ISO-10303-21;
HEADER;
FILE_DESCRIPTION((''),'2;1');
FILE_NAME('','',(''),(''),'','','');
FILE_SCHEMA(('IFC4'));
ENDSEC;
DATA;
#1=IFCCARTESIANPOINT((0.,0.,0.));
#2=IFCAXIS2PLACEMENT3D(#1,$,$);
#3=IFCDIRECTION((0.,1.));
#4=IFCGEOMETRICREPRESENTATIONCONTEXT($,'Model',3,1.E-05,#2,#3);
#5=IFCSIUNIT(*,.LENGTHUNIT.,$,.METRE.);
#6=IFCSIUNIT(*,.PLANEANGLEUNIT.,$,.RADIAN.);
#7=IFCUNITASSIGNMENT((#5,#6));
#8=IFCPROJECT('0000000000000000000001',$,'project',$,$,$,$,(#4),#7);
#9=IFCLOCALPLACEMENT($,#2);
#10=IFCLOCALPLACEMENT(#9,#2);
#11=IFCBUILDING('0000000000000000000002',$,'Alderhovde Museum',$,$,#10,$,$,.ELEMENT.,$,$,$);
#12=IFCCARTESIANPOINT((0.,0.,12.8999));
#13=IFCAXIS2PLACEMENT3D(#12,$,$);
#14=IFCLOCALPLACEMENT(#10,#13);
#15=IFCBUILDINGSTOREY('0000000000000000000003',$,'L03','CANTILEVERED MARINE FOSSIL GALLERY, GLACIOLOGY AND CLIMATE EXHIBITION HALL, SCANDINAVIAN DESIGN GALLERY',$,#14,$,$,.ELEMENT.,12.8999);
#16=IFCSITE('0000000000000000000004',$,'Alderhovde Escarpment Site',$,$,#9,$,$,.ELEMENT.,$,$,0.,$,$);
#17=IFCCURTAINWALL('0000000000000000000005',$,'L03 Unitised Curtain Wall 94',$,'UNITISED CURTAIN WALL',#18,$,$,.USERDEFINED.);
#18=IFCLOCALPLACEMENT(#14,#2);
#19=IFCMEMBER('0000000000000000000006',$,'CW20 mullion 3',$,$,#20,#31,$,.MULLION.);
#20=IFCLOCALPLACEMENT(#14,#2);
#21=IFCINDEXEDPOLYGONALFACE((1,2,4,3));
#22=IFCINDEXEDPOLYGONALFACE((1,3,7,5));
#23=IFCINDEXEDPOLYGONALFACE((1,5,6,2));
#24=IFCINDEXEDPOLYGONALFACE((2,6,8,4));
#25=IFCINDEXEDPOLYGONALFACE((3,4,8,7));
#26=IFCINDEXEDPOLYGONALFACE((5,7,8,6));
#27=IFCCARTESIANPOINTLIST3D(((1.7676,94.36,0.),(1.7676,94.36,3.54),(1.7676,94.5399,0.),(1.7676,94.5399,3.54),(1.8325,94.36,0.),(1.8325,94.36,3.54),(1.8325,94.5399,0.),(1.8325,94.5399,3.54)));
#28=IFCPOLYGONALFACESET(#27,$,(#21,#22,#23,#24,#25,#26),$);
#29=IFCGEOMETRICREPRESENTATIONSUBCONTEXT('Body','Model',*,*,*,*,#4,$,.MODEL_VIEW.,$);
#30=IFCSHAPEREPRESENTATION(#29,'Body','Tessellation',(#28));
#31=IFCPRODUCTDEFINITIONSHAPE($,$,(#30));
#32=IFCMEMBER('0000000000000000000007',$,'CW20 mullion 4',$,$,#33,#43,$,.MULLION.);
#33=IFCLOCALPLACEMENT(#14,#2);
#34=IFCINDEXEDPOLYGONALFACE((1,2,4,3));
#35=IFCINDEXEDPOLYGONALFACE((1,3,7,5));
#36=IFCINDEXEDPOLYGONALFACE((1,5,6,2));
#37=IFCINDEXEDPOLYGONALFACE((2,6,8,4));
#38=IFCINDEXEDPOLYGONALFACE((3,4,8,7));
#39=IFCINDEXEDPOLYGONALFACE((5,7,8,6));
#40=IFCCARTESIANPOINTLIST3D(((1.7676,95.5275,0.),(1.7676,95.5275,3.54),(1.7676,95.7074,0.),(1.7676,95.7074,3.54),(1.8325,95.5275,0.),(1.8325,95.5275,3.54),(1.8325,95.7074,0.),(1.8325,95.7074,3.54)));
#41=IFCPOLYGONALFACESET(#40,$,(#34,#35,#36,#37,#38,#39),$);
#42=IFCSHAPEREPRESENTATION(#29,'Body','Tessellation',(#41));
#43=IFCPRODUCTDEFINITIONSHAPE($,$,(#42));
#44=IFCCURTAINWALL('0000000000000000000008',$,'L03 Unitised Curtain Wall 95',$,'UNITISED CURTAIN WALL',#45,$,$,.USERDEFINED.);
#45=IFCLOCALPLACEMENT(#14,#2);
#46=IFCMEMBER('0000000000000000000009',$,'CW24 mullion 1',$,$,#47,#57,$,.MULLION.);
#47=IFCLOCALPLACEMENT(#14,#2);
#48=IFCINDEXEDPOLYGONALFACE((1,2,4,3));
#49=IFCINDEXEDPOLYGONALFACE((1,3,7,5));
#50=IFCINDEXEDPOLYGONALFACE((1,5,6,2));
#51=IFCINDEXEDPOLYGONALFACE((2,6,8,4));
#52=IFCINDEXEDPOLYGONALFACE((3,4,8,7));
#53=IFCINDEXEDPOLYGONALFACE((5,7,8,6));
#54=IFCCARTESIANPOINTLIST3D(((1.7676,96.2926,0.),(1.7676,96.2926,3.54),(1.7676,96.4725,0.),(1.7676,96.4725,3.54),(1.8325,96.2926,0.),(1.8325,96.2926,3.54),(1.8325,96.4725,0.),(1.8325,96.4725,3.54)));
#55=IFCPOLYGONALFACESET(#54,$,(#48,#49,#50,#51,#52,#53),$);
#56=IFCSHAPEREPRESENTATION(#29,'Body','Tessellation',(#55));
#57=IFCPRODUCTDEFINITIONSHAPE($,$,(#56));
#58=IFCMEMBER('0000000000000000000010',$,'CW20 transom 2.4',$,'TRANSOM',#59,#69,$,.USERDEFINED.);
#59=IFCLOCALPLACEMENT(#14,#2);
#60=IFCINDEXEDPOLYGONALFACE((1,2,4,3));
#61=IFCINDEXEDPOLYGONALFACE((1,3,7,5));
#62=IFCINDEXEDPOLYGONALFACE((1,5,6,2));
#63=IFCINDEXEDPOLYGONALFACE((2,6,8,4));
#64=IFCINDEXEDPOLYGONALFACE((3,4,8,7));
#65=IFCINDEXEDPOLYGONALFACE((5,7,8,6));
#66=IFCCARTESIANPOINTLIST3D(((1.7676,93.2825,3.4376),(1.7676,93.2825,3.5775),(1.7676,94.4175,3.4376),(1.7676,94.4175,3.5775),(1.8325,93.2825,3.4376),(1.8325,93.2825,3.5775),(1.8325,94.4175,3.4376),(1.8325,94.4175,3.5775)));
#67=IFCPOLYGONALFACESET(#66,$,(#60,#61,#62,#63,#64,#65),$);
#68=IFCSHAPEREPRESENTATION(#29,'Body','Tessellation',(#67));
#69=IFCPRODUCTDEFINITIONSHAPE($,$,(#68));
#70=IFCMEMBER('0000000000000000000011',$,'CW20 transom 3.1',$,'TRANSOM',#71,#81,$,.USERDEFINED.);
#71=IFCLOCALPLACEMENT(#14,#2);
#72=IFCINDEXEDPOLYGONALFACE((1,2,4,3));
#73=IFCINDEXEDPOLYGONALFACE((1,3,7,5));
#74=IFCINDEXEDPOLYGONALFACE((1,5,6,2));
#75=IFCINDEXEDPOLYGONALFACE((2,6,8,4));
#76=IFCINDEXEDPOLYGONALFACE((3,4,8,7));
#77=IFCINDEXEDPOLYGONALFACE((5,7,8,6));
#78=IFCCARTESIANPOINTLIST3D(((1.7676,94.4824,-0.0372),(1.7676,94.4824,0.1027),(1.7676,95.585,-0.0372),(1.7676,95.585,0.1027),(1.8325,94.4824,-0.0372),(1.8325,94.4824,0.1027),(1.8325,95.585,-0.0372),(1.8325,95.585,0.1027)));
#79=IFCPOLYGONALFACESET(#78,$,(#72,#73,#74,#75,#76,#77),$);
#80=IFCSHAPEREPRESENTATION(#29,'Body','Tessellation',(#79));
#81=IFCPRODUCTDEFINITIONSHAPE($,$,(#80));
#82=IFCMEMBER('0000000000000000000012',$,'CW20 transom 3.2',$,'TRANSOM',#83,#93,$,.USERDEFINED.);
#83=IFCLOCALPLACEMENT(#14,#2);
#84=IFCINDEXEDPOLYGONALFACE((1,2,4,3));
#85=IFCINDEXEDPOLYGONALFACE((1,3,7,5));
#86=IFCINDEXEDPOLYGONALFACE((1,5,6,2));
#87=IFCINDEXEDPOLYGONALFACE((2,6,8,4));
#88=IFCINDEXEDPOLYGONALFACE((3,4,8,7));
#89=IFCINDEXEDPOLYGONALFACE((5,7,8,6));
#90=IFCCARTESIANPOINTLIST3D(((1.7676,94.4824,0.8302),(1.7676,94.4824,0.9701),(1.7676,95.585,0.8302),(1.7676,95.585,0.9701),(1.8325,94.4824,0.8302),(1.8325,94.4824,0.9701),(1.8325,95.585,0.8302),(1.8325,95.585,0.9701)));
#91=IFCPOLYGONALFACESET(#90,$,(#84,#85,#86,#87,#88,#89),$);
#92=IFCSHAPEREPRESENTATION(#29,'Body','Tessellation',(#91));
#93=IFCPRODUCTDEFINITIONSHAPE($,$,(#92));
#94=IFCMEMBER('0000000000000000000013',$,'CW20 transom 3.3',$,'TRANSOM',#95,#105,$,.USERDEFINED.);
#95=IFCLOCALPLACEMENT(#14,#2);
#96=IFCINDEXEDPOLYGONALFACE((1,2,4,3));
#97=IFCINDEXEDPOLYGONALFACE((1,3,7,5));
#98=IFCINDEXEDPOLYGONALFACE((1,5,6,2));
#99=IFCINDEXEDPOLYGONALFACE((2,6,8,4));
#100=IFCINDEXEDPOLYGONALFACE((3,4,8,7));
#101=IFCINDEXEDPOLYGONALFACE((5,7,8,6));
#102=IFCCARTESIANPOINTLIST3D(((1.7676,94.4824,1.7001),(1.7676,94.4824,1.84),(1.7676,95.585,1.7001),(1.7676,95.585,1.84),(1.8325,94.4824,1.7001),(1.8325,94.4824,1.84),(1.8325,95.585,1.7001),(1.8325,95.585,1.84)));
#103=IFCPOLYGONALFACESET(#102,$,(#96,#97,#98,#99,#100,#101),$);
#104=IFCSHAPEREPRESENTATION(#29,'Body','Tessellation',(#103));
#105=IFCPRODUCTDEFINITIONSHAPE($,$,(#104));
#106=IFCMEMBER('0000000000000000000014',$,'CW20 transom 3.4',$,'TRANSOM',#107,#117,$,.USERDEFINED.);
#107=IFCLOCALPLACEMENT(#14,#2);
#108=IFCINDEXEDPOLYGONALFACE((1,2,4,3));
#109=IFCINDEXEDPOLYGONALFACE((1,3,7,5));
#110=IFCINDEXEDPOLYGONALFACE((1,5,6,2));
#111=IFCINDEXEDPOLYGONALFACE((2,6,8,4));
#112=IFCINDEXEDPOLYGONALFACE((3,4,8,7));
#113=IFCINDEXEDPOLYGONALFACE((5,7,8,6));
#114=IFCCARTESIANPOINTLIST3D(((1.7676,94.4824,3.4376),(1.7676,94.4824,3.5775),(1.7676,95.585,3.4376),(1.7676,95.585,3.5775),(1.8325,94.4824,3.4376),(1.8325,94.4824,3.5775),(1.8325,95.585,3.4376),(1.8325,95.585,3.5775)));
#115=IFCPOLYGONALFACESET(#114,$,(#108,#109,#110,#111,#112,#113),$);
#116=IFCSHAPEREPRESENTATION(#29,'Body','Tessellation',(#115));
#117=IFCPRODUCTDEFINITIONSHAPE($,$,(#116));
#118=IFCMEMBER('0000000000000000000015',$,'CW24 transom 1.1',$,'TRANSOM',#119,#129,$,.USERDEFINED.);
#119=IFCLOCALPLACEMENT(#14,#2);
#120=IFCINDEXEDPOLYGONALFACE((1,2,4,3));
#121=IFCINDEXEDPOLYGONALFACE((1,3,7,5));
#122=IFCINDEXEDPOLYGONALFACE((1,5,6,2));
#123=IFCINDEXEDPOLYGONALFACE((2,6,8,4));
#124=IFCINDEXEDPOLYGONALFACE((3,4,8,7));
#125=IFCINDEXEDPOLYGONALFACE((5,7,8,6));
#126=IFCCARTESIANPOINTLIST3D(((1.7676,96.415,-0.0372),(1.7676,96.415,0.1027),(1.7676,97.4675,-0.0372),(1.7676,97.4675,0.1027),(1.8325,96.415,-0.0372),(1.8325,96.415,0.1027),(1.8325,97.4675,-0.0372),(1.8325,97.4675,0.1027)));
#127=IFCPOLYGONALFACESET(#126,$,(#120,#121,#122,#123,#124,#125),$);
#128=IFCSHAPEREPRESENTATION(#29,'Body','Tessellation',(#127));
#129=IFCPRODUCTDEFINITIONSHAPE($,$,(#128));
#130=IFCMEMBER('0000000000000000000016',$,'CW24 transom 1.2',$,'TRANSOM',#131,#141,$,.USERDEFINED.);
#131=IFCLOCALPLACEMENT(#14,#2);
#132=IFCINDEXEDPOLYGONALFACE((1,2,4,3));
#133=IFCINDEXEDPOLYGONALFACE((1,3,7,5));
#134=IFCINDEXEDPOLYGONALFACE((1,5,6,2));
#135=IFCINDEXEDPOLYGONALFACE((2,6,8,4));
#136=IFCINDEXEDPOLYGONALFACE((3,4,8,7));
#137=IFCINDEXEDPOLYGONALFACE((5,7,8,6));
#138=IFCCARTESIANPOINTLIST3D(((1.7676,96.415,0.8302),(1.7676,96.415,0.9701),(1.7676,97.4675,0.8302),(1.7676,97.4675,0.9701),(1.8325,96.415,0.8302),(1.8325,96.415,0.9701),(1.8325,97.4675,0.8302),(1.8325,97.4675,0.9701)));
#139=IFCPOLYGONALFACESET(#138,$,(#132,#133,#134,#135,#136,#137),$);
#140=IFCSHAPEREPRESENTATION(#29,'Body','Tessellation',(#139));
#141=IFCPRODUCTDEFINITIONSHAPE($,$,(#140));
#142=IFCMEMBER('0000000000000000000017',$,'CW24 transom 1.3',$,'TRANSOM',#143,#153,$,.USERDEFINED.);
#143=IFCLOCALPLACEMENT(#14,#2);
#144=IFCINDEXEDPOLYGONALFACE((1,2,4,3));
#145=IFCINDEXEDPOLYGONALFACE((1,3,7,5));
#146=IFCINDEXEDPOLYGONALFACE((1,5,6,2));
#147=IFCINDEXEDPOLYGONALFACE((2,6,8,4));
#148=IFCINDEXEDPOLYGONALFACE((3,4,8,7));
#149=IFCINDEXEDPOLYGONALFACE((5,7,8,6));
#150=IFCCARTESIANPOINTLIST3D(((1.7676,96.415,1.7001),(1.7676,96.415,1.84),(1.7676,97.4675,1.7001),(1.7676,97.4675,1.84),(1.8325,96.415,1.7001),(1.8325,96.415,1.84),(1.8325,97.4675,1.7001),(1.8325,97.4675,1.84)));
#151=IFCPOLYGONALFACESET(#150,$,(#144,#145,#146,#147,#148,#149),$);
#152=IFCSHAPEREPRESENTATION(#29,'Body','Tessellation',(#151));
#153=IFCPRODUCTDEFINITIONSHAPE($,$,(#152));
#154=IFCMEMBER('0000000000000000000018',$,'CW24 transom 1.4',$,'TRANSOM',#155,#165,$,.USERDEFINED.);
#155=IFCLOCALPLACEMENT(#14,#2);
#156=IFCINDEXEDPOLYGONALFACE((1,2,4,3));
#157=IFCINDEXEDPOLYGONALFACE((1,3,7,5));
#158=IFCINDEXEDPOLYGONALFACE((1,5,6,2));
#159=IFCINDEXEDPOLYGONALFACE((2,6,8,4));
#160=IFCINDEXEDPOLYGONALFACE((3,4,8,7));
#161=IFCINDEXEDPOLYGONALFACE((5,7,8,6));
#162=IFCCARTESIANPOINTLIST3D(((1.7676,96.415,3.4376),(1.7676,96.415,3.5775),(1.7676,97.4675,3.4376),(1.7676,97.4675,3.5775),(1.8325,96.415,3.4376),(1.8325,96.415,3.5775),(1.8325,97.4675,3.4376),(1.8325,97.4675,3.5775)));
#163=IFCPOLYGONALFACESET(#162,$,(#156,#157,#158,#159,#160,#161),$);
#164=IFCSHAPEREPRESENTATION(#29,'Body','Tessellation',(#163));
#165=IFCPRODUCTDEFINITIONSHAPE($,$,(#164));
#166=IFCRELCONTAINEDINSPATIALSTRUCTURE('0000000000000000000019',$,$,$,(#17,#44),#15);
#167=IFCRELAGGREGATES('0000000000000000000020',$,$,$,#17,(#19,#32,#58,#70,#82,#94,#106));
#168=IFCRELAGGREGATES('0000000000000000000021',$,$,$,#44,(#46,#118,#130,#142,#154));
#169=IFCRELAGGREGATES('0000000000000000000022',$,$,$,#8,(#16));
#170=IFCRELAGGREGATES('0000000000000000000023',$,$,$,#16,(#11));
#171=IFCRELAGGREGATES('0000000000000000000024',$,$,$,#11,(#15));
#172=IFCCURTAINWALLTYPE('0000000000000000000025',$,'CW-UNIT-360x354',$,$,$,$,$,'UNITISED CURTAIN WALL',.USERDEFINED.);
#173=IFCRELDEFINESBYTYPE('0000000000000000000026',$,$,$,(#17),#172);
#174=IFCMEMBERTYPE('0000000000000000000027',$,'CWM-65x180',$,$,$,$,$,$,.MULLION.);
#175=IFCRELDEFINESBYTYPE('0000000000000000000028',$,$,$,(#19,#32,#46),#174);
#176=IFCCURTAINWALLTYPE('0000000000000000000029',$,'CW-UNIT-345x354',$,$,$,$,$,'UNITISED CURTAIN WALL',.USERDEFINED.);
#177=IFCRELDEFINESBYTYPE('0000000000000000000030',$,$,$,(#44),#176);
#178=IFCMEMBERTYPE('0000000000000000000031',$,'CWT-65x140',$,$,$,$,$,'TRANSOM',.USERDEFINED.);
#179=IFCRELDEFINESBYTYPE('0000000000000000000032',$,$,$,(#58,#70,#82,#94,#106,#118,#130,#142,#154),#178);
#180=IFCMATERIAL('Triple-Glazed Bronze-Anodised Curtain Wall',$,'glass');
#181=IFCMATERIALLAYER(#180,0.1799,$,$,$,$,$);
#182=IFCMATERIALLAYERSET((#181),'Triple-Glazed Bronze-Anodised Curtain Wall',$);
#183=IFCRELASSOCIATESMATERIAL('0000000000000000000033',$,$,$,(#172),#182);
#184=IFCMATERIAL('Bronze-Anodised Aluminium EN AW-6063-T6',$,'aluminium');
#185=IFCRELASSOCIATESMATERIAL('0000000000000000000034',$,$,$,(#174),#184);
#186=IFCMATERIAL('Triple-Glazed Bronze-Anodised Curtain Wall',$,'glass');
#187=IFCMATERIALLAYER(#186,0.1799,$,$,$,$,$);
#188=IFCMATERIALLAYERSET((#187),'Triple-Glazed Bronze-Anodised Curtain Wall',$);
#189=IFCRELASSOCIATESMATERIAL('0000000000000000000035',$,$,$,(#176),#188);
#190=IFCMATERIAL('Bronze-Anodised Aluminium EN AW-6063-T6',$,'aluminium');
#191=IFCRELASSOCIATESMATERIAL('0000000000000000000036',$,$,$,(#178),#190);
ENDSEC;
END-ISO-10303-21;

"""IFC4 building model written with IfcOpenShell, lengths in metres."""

from ifc_helpers import new_model, si_unit, direction, frame, origin, origin_2d, place, context, subcontext, project, spatial, rectangle, extrude, material, layer, layer_set, material_profile, profile_set, type_object, element, aggregate, save


model = new_model("IFC4")

# Units and contexts
model_context = context("Model", 3, precision=1e-05, world=origin(), true_north=direction((0.0, 1.0)))
body_context = subcontext(model_context, "Body", "Model", "MODEL_VIEW")
ifc_project = project(units=[si_unit("LENGTHUNIT", "METRE"), si_unit("PLANEANGLEUNIT", "RADIAN")], contexts=[model_context])

# Site, building, storey
site_placement = place(None, origin())
site = spatial("IfcSite", under=ifc_project, at=site_placement, Name="Alderhovde Escarpment Site", CompositionType="ELEMENT", RefElevation=0.0)
building_placement = place(site_placement, origin())
building = spatial("IfcBuilding", under=site, at=building_placement, Name="Alderhovde Museum", CompositionType="ELEMENT")
storey_placement = place(building_placement, frame((0.0, 0.0, 12.8999)))
storey = spatial("IfcBuildingStorey", under=building, at=storey_placement, Name="L03", Description="CANTILEVERED MARINE FOSSIL GALLERY, GLACIOLOGY AND CLIMATE EXHIBITION HALL, SCANDINAVIAN DESIGN GALLERY", CompositionType="ELEMENT", Elevation=12.8999)

# Curtain wall, members
ifc_material_1 = material(Name="Triple-Glazed Bronze-Anodised Curtain Wall", Category="glass")
ifc_layer_1 = layer(ifc_material_1, 0.1799)
ifc_layer_set_1 = layer_set([ifc_layer_1], Name="Triple-Glazed Bronze-Anodised Curtain Wall")
curtain_wall_type_1 = type_object("IfcCurtainWallType", Name="CW-UNIT-360x354", ElementType="UNITISED CURTAIN WALL", PredefinedType="USERDEFINED", material=ifc_layer_set_1)
curtain_wall_1_placement = place(storey_placement, origin())
curtain_wall_1 = element("IfcCurtainWall", 1, at=curtain_wall_1_placement, inside=storey, type_object=curtain_wall_type_1, Name="L03 Unitised Curtain Wall 94", ObjectType="UNITISED CURTAIN WALL", PredefinedType="USERDEFINED")
ifc_material_2 = material(Name="Bronze-Anodised Aluminium EN AW-6063-T6", Category="aluminium")
ifc_material_profile_1 = material_profile(ifc_material_2, rectangle(XDim=0.0649, YDim=0.1799, at=origin_2d()), Name="MULLION 65x180")
ifc_profile_set_1 = profile_set([ifc_material_profile_1], Name="Bronze-Anodised Aluminium EN AW-6063-T6")
member_type_1 = type_object("IfcMemberType", Name="CWM-65x180", PredefinedType="MULLION", material=ifc_profile_set_1)
member_1_placement = place(storey_placement, frame((1.8, 94.45, 0.0), z_axis=(0.0, 0.0, 1.0), x_axis=(-1.0, 0.0, 0.0)))
member_1 = element("IfcMember", 2, at=member_1_placement, type_object=member_type_1, Name="CW20 mullion 3", PredefinedType="MULLION", context=body_context, shape_type="SweptSolid", body=[
    extrude(rectangle(XDim=0.0649, YDim=0.1799, at=origin_2d()), origin(), (0.0, 0.0, 1.0), 3.54),
])
member_2_placement = place(storey_placement, frame((1.8, 95.6174, 0.0), z_axis=(0.0, 0.0, 1.0), x_axis=(-1.0, 0.0, 0.0)))
member_2 = element("IfcMember", 3, at=member_2_placement, type_object=member_type_1, Name="CW20 mullion 4", PredefinedType="MULLION", context=body_context, shape_type="SweptSolid", body=[
    extrude(rectangle(XDim=0.0649, YDim=0.1799, at=origin_2d()), origin(), (0.0, 0.0, 1.0), 3.54),
])

# Curtain wall, member
ifc_material_3 = material(Name="Triple-Glazed Bronze-Anodised Curtain Wall", Category="glass")
ifc_layer_2 = layer(ifc_material_3, 0.1799)
ifc_layer_set_2 = layer_set([ifc_layer_2], Name="Triple-Glazed Bronze-Anodised Curtain Wall")
curtain_wall_type_2 = type_object("IfcCurtainWallType", Name="CW-UNIT-345x354", ElementType="UNITISED CURTAIN WALL", PredefinedType="USERDEFINED", material=ifc_layer_set_2)
curtain_wall_2_placement = place(storey_placement, origin())
curtain_wall_2 = element("IfcCurtainWall", 4, at=curtain_wall_2_placement, inside=storey, type_object=curtain_wall_type_2, Name="L03 Unitised Curtain Wall 95", ObjectType="UNITISED CURTAIN WALL", PredefinedType="USERDEFINED")
member_3_placement = place(storey_placement, frame((1.8, 96.3826, 0.0), z_axis=(0.0, 0.0, 1.0), x_axis=(-1.0, 0.0, 0.0)))
member_3 = element("IfcMember", 5, at=member_3_placement, type_object=member_type_1, Name="CW24 mullion 1", PredefinedType="MULLION", context=body_context, shape_type="SweptSolid", body=[
    extrude(rectangle(XDim=0.0649, YDim=0.1799, at=origin_2d()), origin(), (0.0, 0.0, 1.0), 3.54),
])

# Members
ifc_material_4 = material(Name="Bronze-Anodised Aluminium EN AW-6063-T6", Category="aluminium")
ifc_material_profile_2 = material_profile(ifc_material_4, rectangle(XDim=0.0649, YDim=0.1399, at=origin_2d()), Name="TRANSOM 65x140")
ifc_profile_set_2 = profile_set([ifc_material_profile_2], Name="Bronze-Anodised Aluminium EN AW-6063-T6")
member_type_2 = type_object("IfcMemberType", Name="CWT-65x140", ElementType="TRANSOM", PredefinedType="USERDEFINED", material=ifc_profile_set_2)
member_4_placement = place(storey_placement, frame((1.8, 93.2825, 3.5076), z_axis=(0.0, 1.0, 0.0), x_axis=(-1.0, 0.0, 0.0)))
member_4 = element("IfcMember", 6, at=member_4_placement, type_object=member_type_2, Name="CW20 transom 2.4", ObjectType="TRANSOM", PredefinedType="USERDEFINED", context=body_context, shape_type="SweptSolid", body=[
    extrude(rectangle(XDim=0.0649, YDim=0.1399, at=origin_2d()), origin(), (0.0, 0.0, 1.0), 1.135),
])
member_5_placement = place(storey_placement, frame((1.8, 94.4824, 0.0327), z_axis=(0.0, 1.0, 0.0), x_axis=(-1.0, 0.0, 0.0)))
member_5 = element("IfcMember", 7, at=member_5_placement, type_object=member_type_2, Name="CW20 transom 3.1", ObjectType="TRANSOM", PredefinedType="USERDEFINED", context=body_context, shape_type="SweptSolid", body=[
    extrude(rectangle(XDim=0.0649, YDim=0.1399, at=origin_2d()), origin(), (0.0, 0.0, 1.0), 1.1025),
])
member_6_placement = place(storey_placement, frame((1.8, 94.4824, 0.9001), z_axis=(0.0, 1.0, 0.0), x_axis=(-1.0, 0.0, 0.0)))
member_6 = element("IfcMember", 8, at=member_6_placement, type_object=member_type_2, Name="CW20 transom 3.2", ObjectType="TRANSOM", PredefinedType="USERDEFINED", context=body_context, shape_type="SweptSolid", body=[
    extrude(rectangle(XDim=0.0649, YDim=0.1399, at=origin_2d()), origin(), (0.0, 0.0, 1.0), 1.1025),
])
member_7_placement = place(storey_placement, frame((1.8, 94.4824, 1.77), z_axis=(0.0, 1.0, 0.0), x_axis=(-1.0, 0.0, 0.0)))
member_7 = element("IfcMember", 9, at=member_7_placement, type_object=member_type_2, Name="CW20 transom 3.3", ObjectType="TRANSOM", PredefinedType="USERDEFINED", context=body_context, shape_type="SweptSolid", body=[
    extrude(rectangle(XDim=0.0649, YDim=0.1399, at=origin_2d()), origin(), (0.0, 0.0, 1.0), 1.1025),
])
member_8_placement = place(storey_placement, frame((1.8, 94.4824, 3.5076), z_axis=(0.0, 1.0, 0.0), x_axis=(-1.0, 0.0, 0.0)))
member_8 = element("IfcMember", 10, at=member_8_placement, type_object=member_type_2, Name="CW20 transom 3.4", ObjectType="TRANSOM", PredefinedType="USERDEFINED", context=body_context, shape_type="SweptSolid", body=[
    extrude(rectangle(XDim=0.0649, YDim=0.1399, at=origin_2d()), origin(), (0.0, 0.0, 1.0), 1.1025),
])
member_9_placement = place(storey_placement, frame((1.8, 96.415, 0.0327), z_axis=(0.0, 1.0, 0.0), x_axis=(-1.0, 0.0, 0.0)))
member_9 = element("IfcMember", 11, at=member_9_placement, type_object=member_type_2, Name="CW24 transom 1.1", ObjectType="TRANSOM", PredefinedType="USERDEFINED", context=body_context, shape_type="SweptSolid", body=[
    extrude(rectangle(XDim=0.0649, YDim=0.1399, at=origin_2d()), origin(), (0.0, 0.0, 1.0), 1.0525),
])
member_10_placement = place(storey_placement, frame((1.8, 96.415, 0.9001), z_axis=(0.0, 1.0, 0.0), x_axis=(-1.0, 0.0, 0.0)))
member_10 = element("IfcMember", 12, at=member_10_placement, type_object=member_type_2, Name="CW24 transom 1.2", ObjectType="TRANSOM", PredefinedType="USERDEFINED", context=body_context, shape_type="SweptSolid", body=[
    extrude(rectangle(XDim=0.0649, YDim=0.1399, at=origin_2d()), origin(), (0.0, 0.0, 1.0), 1.0525),
])
member_11_placement = place(storey_placement, frame((1.8, 96.415, 1.77), z_axis=(0.0, 1.0, 0.0), x_axis=(-1.0, 0.0, 0.0)))
member_11 = element("IfcMember", 13, at=member_11_placement, type_object=member_type_2, Name="CW24 transom 1.3", ObjectType="TRANSOM", PredefinedType="USERDEFINED", context=body_context, shape_type="SweptSolid", body=[
    extrude(rectangle(XDim=0.0649, YDim=0.1399, at=origin_2d()), origin(), (0.0, 0.0, 1.0), 1.0525),
])
member_12_placement = place(storey_placement, frame((1.8, 96.415, 3.5076), z_axis=(0.0, 1.0, 0.0), x_axis=(-1.0, 0.0, 0.0)))
member_12 = element("IfcMember", 14, at=member_12_placement, type_object=member_type_2, Name="CW24 transom 1.4", ObjectType="TRANSOM", PredefinedType="USERDEFINED", context=body_context, shape_type="SweptSolid", body=[
    extrude(rectangle(XDim=0.0649, YDim=0.1399, at=origin_2d()), origin(), (0.0, 0.0, 1.0), 1.0525),
])

aggregate(curtain_wall_1, [member_1, member_2, member_4, member_5, member_6, member_7, member_8])
aggregate(curtain_wall_2, [member_3, member_9, member_10, member_11, member_12])

save(model, "model.ifc")
